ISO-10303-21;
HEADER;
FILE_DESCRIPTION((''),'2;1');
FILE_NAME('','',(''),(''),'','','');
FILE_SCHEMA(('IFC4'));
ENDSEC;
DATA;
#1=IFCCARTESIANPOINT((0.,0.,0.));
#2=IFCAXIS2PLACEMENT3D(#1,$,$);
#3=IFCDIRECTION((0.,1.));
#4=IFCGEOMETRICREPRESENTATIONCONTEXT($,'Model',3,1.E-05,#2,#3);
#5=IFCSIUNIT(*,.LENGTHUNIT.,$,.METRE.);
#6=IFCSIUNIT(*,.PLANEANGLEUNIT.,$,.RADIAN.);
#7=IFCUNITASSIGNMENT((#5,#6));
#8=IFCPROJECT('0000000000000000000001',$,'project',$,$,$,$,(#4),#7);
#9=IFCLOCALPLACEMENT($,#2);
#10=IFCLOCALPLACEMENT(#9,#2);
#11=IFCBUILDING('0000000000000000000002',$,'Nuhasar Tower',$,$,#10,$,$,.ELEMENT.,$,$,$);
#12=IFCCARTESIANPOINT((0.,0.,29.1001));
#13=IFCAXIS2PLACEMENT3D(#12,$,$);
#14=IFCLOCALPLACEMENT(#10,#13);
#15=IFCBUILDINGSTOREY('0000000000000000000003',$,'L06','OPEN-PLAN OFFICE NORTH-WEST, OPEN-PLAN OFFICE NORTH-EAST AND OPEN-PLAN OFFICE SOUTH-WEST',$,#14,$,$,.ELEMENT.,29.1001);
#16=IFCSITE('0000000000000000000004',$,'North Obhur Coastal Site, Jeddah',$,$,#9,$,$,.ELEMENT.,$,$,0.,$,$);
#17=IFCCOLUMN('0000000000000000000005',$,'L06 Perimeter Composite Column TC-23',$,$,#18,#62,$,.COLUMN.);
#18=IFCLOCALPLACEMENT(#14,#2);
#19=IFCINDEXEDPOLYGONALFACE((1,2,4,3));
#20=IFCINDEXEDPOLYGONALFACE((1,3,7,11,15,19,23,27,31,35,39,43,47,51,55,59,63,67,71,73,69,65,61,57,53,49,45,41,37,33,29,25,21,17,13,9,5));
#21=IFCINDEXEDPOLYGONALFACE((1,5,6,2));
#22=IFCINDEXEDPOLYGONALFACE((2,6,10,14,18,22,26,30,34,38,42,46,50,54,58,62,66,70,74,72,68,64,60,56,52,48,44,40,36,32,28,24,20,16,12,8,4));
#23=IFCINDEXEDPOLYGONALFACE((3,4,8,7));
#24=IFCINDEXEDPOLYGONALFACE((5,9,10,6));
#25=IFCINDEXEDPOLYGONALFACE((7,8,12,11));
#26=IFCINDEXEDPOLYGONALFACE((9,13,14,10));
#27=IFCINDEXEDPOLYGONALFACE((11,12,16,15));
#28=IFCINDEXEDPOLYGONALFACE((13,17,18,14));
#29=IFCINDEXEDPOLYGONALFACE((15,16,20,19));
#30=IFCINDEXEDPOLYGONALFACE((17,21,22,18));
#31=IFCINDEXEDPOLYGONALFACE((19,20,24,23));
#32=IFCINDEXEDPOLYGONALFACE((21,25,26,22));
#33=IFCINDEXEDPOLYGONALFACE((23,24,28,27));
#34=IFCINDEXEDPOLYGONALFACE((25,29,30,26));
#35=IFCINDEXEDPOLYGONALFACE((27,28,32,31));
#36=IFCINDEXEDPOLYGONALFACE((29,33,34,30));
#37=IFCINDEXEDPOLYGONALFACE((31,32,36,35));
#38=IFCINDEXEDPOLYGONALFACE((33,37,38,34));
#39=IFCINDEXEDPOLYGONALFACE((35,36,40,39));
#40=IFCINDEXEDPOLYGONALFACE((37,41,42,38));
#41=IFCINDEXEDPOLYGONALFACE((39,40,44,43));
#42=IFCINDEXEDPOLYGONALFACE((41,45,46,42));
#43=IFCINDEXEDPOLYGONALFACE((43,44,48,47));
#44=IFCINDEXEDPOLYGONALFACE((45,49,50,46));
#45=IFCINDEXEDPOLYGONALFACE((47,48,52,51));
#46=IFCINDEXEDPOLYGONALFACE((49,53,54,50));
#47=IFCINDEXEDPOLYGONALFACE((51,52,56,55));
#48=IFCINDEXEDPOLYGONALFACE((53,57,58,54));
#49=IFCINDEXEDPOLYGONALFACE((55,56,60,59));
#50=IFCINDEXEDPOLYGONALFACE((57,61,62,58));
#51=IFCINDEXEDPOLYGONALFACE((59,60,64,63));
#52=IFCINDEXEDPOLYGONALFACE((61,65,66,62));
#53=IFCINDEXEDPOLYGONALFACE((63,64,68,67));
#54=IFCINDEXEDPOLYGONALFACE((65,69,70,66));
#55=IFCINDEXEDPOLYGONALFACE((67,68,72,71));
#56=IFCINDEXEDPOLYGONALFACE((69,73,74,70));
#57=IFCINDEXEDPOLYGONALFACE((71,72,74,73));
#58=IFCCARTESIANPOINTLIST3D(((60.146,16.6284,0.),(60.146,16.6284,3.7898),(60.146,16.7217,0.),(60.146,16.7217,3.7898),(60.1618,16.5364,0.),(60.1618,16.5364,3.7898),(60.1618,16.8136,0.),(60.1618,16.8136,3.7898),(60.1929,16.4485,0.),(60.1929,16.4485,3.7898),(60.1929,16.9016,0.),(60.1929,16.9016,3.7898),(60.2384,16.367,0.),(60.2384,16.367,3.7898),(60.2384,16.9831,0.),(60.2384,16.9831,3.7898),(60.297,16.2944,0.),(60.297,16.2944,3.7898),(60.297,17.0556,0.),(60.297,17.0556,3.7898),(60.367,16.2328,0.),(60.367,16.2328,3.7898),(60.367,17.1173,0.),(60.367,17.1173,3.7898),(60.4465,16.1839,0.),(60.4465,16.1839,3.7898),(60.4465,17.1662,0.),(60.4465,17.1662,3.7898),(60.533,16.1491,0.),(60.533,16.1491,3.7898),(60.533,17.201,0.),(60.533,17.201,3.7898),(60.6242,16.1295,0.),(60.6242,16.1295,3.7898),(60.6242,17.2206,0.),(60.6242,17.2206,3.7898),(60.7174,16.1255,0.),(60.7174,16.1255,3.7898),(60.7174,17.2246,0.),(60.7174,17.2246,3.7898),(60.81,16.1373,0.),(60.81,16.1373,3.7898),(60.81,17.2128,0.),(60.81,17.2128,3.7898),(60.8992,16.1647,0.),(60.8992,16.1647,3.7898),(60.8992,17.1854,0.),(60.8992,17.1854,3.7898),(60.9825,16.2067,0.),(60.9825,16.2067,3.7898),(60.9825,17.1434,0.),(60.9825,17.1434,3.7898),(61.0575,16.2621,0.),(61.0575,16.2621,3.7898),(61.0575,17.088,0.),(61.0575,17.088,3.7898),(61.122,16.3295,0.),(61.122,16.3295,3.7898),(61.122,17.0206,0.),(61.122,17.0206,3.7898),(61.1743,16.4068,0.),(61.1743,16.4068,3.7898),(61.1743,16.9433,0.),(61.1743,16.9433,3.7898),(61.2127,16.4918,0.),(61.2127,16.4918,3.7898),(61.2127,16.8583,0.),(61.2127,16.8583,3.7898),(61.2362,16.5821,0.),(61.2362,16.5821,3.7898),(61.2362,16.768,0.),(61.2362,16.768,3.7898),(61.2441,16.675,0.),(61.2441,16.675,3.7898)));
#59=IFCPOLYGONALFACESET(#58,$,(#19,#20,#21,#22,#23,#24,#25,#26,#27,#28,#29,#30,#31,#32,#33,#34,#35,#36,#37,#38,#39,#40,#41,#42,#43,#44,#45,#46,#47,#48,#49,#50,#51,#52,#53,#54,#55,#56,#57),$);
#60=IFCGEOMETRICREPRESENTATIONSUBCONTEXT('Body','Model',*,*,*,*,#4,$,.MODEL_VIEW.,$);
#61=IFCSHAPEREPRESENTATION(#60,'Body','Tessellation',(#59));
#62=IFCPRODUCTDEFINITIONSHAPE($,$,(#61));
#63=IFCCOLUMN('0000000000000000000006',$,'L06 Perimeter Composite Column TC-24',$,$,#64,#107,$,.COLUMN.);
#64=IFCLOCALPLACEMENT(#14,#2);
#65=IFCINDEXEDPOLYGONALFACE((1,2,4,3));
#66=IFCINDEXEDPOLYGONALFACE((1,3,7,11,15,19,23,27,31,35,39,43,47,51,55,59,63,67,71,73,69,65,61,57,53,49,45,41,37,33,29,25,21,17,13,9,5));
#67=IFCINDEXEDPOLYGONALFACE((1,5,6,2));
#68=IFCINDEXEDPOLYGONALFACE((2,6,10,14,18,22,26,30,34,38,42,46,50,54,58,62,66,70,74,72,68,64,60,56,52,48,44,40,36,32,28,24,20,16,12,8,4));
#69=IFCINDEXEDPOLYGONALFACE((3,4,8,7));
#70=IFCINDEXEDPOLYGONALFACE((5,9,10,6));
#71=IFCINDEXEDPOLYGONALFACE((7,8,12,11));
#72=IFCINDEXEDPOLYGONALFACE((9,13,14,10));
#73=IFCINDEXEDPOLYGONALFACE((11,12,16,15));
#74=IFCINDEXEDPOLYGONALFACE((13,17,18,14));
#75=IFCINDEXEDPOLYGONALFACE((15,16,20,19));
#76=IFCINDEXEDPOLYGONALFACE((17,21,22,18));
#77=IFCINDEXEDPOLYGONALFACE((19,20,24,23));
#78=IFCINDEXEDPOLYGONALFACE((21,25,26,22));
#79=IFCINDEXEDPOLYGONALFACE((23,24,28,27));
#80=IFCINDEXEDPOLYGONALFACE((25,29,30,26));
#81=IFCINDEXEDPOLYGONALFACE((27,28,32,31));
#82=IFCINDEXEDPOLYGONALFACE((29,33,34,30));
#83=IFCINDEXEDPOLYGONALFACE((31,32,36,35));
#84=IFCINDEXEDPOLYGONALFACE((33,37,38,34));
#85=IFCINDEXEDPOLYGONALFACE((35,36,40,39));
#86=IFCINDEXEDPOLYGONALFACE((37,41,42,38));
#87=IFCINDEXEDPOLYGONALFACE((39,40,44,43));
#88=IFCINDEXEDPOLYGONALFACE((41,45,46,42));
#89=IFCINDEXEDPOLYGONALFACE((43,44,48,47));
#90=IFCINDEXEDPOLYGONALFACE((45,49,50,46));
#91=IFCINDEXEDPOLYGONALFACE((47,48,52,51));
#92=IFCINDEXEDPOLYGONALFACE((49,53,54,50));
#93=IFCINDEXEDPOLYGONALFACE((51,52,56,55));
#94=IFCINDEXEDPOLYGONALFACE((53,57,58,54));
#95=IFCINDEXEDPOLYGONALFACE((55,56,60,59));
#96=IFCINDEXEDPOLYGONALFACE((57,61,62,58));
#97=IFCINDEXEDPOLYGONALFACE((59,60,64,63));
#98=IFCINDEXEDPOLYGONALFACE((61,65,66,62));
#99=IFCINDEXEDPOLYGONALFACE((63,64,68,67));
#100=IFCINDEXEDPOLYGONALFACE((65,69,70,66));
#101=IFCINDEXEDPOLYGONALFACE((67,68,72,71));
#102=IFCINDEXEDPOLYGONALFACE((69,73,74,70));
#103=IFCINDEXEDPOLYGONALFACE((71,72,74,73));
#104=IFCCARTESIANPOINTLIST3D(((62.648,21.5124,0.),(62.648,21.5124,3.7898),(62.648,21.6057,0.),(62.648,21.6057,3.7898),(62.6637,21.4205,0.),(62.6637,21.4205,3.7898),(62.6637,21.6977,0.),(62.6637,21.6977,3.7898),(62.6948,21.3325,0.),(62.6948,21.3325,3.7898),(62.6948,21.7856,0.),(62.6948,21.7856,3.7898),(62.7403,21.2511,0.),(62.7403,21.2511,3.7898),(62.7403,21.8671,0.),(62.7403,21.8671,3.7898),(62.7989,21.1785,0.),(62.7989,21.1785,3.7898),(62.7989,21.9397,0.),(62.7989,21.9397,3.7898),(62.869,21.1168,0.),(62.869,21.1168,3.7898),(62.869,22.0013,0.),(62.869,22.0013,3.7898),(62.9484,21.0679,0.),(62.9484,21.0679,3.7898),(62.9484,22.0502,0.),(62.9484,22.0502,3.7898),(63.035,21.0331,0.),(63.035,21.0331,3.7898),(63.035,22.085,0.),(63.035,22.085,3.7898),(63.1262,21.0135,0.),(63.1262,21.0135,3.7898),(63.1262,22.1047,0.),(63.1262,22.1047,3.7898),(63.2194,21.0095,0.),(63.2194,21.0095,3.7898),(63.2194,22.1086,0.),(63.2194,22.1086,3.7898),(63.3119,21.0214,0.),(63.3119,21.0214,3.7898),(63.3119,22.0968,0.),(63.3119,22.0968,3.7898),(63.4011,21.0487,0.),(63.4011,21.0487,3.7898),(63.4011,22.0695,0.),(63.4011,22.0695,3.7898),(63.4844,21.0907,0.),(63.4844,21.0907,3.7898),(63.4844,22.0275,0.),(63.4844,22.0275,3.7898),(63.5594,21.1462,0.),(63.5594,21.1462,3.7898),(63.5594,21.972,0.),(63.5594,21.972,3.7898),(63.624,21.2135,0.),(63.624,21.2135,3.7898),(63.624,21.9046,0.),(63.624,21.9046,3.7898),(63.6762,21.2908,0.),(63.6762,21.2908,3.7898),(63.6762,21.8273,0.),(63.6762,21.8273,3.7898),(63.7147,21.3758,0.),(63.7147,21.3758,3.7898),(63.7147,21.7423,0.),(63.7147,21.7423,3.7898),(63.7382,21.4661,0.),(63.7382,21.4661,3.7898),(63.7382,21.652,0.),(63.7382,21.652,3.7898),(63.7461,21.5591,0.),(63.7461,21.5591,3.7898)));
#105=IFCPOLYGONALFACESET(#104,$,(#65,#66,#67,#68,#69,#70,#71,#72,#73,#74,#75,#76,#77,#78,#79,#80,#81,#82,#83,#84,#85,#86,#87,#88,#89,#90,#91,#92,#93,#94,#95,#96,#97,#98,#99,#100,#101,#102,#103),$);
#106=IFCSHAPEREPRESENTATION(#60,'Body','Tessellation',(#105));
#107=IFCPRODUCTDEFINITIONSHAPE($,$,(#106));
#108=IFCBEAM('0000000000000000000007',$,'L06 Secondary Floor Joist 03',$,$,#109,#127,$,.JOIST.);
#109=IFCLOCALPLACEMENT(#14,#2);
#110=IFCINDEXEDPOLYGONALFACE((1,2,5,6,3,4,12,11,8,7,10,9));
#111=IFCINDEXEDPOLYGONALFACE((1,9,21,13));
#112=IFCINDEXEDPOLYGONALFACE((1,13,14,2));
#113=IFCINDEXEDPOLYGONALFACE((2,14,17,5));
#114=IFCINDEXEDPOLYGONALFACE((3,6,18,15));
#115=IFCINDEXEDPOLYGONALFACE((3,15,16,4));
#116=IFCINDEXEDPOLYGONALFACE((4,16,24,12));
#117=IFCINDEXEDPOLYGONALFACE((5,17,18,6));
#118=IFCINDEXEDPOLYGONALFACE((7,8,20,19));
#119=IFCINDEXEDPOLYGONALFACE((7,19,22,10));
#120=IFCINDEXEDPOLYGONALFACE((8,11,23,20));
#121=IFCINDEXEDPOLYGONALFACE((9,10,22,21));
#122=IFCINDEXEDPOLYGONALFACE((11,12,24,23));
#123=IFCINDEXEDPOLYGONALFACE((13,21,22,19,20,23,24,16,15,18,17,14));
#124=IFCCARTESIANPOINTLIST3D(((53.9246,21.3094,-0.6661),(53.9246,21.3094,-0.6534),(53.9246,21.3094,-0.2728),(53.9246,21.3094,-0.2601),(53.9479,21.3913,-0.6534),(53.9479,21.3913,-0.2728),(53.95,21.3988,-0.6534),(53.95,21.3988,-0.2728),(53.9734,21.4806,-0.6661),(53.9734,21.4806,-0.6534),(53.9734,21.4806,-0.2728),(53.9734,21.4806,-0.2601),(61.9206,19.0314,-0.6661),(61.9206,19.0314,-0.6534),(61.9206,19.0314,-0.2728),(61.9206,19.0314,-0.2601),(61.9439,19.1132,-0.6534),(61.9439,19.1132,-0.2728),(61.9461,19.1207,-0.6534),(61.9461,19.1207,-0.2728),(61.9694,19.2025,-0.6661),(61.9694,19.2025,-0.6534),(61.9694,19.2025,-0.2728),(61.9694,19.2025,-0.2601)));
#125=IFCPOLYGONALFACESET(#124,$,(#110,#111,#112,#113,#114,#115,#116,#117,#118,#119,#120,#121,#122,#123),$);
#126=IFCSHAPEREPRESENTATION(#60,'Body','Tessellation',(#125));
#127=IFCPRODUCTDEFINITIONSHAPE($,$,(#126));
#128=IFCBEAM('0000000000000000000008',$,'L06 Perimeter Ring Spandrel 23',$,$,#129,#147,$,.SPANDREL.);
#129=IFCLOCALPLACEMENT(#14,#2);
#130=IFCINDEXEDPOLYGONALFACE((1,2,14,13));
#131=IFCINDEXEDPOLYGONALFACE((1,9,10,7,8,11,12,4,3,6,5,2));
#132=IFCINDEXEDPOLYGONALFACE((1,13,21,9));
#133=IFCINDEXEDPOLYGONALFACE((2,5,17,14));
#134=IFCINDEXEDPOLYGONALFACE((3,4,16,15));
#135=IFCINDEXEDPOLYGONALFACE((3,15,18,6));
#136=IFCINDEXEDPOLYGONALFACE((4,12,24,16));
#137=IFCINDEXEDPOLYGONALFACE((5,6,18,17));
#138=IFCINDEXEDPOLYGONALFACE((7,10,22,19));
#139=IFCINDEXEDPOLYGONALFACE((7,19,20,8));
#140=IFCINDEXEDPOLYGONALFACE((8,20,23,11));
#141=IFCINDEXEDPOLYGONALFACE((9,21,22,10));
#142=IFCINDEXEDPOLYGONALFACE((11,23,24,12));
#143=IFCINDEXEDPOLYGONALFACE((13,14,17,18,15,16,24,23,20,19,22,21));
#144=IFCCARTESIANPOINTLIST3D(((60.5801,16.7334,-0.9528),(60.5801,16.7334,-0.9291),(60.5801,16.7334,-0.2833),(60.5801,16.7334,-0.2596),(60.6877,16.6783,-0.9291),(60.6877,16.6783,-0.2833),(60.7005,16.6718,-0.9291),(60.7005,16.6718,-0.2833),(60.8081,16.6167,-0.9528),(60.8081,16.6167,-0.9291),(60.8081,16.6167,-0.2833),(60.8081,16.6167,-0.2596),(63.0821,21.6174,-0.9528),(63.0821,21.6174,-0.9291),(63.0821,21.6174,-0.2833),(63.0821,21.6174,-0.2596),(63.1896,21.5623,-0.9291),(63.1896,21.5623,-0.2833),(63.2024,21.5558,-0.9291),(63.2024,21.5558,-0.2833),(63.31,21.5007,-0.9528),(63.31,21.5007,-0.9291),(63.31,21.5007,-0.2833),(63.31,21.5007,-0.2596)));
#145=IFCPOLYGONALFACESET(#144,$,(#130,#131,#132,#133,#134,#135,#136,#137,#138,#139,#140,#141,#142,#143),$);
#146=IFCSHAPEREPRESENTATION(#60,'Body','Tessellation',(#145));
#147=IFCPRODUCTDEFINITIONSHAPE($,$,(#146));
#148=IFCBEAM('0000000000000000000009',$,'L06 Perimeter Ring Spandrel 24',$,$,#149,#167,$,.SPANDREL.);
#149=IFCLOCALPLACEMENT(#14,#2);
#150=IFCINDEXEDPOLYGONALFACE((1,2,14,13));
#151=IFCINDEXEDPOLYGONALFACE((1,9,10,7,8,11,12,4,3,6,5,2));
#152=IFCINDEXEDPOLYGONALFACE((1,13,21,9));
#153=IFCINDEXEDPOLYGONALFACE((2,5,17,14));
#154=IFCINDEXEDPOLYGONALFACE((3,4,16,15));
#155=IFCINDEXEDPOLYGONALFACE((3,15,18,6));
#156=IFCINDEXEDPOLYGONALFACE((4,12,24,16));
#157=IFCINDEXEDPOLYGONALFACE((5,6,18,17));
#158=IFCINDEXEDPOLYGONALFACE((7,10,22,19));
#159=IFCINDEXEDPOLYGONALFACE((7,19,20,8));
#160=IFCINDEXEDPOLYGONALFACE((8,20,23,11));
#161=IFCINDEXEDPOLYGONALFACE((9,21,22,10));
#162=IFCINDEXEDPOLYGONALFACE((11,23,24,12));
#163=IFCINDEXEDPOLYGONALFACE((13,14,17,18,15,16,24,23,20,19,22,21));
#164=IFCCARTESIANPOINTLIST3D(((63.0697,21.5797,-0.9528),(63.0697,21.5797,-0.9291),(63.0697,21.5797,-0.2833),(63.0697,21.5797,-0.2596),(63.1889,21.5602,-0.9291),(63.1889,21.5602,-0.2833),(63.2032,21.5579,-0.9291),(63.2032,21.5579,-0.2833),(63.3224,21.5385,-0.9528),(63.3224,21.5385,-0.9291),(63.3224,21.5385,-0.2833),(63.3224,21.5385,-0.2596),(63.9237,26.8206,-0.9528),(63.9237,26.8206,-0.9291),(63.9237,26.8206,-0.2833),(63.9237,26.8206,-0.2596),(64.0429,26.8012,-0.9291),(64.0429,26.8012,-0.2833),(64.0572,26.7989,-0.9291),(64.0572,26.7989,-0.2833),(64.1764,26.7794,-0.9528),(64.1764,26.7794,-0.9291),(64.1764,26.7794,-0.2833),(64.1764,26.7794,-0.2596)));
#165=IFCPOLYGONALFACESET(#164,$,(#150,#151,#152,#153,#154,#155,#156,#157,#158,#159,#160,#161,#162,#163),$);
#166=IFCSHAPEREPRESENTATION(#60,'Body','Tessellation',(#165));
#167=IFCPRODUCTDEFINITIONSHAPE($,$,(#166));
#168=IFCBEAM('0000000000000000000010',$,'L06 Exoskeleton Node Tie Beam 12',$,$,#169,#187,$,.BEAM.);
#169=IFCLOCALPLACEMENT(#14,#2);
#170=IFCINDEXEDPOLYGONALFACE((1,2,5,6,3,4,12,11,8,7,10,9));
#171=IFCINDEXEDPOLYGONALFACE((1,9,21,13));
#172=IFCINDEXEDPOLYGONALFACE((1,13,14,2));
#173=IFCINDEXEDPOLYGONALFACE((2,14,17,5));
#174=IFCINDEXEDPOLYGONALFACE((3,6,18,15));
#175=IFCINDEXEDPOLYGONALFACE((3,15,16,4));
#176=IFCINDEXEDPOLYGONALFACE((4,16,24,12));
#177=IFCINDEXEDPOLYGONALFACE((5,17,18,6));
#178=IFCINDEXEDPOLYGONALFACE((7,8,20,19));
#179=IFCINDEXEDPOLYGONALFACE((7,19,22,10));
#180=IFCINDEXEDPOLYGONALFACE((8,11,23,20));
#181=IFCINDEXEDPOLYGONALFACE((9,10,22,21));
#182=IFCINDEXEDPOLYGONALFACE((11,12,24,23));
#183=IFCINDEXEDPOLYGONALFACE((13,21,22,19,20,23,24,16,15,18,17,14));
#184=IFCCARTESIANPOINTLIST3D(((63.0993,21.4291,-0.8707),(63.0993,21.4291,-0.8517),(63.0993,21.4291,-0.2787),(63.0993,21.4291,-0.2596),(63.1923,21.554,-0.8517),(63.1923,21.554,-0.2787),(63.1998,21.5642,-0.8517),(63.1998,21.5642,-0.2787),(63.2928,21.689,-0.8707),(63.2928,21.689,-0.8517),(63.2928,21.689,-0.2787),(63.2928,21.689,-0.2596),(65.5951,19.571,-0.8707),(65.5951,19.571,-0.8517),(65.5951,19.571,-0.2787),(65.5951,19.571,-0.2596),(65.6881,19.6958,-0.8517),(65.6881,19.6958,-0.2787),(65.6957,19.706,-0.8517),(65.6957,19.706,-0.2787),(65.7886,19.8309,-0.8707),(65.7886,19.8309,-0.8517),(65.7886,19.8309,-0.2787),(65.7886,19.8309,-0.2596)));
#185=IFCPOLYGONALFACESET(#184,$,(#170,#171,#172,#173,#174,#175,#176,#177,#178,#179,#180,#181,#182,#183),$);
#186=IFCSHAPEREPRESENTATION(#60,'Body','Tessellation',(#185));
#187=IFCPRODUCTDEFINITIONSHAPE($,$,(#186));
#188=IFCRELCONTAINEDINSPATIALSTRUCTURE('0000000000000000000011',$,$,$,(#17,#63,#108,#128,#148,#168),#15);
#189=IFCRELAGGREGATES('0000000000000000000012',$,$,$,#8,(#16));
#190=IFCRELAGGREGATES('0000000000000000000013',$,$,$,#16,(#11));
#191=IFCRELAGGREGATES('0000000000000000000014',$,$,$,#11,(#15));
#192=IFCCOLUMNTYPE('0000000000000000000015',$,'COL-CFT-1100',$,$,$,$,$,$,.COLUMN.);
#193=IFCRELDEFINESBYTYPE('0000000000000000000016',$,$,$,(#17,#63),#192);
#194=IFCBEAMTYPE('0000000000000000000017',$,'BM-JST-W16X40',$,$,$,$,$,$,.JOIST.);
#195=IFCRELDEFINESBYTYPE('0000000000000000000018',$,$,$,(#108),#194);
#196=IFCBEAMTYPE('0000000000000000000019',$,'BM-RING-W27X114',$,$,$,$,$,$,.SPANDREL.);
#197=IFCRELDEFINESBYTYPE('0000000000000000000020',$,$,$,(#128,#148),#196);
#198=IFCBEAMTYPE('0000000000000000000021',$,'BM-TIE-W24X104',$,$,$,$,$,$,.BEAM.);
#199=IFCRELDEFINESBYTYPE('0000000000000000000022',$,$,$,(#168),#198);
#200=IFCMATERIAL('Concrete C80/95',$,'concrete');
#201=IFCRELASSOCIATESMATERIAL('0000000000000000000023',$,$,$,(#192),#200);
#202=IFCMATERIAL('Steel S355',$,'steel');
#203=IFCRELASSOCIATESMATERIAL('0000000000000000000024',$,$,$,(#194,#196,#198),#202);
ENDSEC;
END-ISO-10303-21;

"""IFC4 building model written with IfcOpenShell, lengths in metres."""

from ifc_helpers import new_model, si_unit, direction, frame, origin, origin_2d, place, context, subcontext, project, spatial, circle, i_section, extrude, material, material_profile, profile_set, type_object, element, save


model = new_model("IFC4")

# Units and contexts
model_context = context("Model", 3, precision=1e-05, world=origin(), true_north=direction((0.0, 1.0)))
body_context = subcontext(model_context, "Body", "Model", "MODEL_VIEW")
ifc_project = project(units=[si_unit("LENGTHUNIT", "METRE"), si_unit("PLANEANGLEUNIT", "RADIAN")], contexts=[model_context])

# Site, building, storey
site_placement = place(None, origin())
site = spatial("IfcSite", under=ifc_project, at=site_placement, Name="North Obhur Coastal Site, Jeddah", CompositionType="ELEMENT", RefElevation=0.0)
building_placement = place(site_placement, origin())
building = spatial("IfcBuilding", under=site, at=building_placement, Name="Nuhasar Tower", CompositionType="ELEMENT")
storey_placement = place(building_placement, frame((0.0, 0.0, 29.1001)))
storey = spatial("IfcBuildingStorey", under=building, at=storey_placement, Name="L06", Description="OPEN-PLAN OFFICE NORTH-WEST, OPEN-PLAN OFFICE NORTH-EAST AND OPEN-PLAN OFFICE SOUTH-WEST", CompositionType="ELEMENT", Elevation=29.1001)

# Columns
ifc_material_1 = material(Name="Concrete C80/95", Category="concrete")
ifc_material_profile_1 = material_profile(ifc_material_1, circle(Radius=0.55, at=origin_2d()), Name="CFT1100")
ifc_profile_set_1 = profile_set([ifc_material_profile_1], Name="Concrete C80/95")
column_type = type_object("IfcColumnType", Name="COL-CFT-1100", PredefinedType="COLUMN", material=ifc_profile_set_1)
for number, where, z_axis, x_axis, name in (
    (1, (60.6941, 16.675, 0.0), (0.0, 0.0, 1.0), (1.0, 0.0, 0.0), "L06 Perimeter Composite Column TC-23"),
    (2, (63.196, 21.5591, 0.0), (0.0, 0.0, 1.0), (1.0, 0.0, 0.0), "L06 Perimeter Composite Column TC-24"),
):
    element("IfcColumn", number, at=place(storey_placement, frame(where, z_axis=z_axis, x_axis=x_axis)), inside=storey, type_object=column_type, Name=name, PredefinedType="COLUMN", context=body_context, shape_type="SweptSolid", body=[
        extrude(circle(Radius=0.55, at=origin_2d()), origin(), (0.0, 0.0, 1.0), 3.7898),
    ])

# Beams
ifc_material_2 = material(Name="Steel S355", Category="steel")
ifc_material_profile_2 = material_profile(ifc_material_2, i_section(OverallWidth=0.178, OverallDepth=0.406, WebThickness=0.0078, FlangeThickness=0.0127, at=origin_2d()), Name="W16X40")
ifc_profile_set_2 = profile_set([ifc_material_profile_2], Name="Steel S355")
beam_type_1 = type_object("IfcBeamType", Name="BM-JST-W16X40", PredefinedType="JOIST", material=ifc_profile_set_2)
beam_1_placement = place(storey_placement, frame((53.949, 21.395, -0.4631), z_axis=(0.961731, -0.273996, 0.0), x_axis=(0.273996, 0.961731, 0.0)))
element("IfcBeam", 3, at=beam_1_placement, inside=storey, type_object=beam_type_1, Name="L06 Secondary Floor Joist 03", PredefinedType="JOIST", context=body_context, shape_type="SweptSolid", body=[
    extrude(i_section(OverallWidth=0.178, OverallDepth=0.406, WebThickness=0.0078, FlangeThickness=0.0127, at=origin_2d()), origin(), (0.0, 0.0, 1.0), 8.3142),
])
ifc_material_profile_3 = material_profile(ifc_material_2, i_section(OverallWidth=0.2561, OverallDepth=0.6931, WebThickness=0.0144, FlangeThickness=0.0237, at=origin_2d()), Name="W27X114")
ifc_profile_set_3 = profile_set([ifc_material_profile_3], Name="Steel S355")
beam_type_2 = type_object("IfcBeamType", Name="BM-RING-W27X114", PredefinedType="SPANDREL", material=ifc_profile_set_3)
beam_2_placement = place(storey_placement, frame((60.6941, 16.675, -0.6062), z_axis=(0.45593, 0.890016, 0.0), x_axis=(-0.890016, 0.45593, 0.0)))
element("IfcBeam", 4, at=beam_2_placement, inside=storey, type_object=beam_type_2, Name="L06 Perimeter Ring Spandrel 23", PredefinedType="SPANDREL", context=body_context, shape_type="SweptSolid", body=[
    extrude(i_section(OverallWidth=0.2561, OverallDepth=0.6931, WebThickness=0.0144, FlangeThickness=0.0237, at=origin_2d()), origin(), (0.0, 0.0, 1.0), 5.4875),
])
beam_3_placement = place(storey_placement, frame((63.196, 21.5591, -0.6062), z_axis=(0.160827, 0.986983, 0.0), x_axis=(-0.986983, 0.160827, 0.0)))
element("IfcBeam", 5, at=beam_3_placement, inside=storey, type_object=beam_type_2, Name="L06 Perimeter Ring Spandrel 24", PredefinedType="SPANDREL", context=body_context, shape_type="SweptSolid", body=[
    extrude(i_section(OverallWidth=0.2561, OverallDepth=0.6931, WebThickness=0.0144, FlangeThickness=0.0237, at=origin_2d()), origin(), (0.0, 0.0, 1.0), 5.3101),
])
ifc_material_profile_4 = material_profile(ifc_material_2, i_section(OverallWidth=0.324, OverallDepth=0.6111, WebThickness=0.0127, FlangeThickness=0.019, at=origin_2d()), Name="W24X104")
ifc_profile_set_4 = profile_set([ifc_material_profile_4], Name="Steel S355")
beam_type_3 = type_object("IfcBeamType", Name="BM-TIE-W24X104", PredefinedType="BEAM", material=ifc_profile_set_4)
beam_4_placement = place(storey_placement, frame((63.196, 21.5591, -0.5652), z_axis=(0.802113, -0.597172, 0.0), x_axis=(0.597172, 0.802113, 0.0)))
element("IfcBeam", 6, at=beam_4_placement, inside=storey, type_object=beam_type_3, Name="L06 Exoskeleton Node Tie Beam 12", PredefinedType="BEAM", context=body_context, shape_type="SweptSolid", body=[
    extrude(i_section(OverallWidth=0.324, OverallDepth=0.6111, WebThickness=0.0127, FlangeThickness=0.019, at=origin_2d()), origin(), (0.0, 0.0, 1.0), 3.1116),
])

save(model, "model.ifc")
